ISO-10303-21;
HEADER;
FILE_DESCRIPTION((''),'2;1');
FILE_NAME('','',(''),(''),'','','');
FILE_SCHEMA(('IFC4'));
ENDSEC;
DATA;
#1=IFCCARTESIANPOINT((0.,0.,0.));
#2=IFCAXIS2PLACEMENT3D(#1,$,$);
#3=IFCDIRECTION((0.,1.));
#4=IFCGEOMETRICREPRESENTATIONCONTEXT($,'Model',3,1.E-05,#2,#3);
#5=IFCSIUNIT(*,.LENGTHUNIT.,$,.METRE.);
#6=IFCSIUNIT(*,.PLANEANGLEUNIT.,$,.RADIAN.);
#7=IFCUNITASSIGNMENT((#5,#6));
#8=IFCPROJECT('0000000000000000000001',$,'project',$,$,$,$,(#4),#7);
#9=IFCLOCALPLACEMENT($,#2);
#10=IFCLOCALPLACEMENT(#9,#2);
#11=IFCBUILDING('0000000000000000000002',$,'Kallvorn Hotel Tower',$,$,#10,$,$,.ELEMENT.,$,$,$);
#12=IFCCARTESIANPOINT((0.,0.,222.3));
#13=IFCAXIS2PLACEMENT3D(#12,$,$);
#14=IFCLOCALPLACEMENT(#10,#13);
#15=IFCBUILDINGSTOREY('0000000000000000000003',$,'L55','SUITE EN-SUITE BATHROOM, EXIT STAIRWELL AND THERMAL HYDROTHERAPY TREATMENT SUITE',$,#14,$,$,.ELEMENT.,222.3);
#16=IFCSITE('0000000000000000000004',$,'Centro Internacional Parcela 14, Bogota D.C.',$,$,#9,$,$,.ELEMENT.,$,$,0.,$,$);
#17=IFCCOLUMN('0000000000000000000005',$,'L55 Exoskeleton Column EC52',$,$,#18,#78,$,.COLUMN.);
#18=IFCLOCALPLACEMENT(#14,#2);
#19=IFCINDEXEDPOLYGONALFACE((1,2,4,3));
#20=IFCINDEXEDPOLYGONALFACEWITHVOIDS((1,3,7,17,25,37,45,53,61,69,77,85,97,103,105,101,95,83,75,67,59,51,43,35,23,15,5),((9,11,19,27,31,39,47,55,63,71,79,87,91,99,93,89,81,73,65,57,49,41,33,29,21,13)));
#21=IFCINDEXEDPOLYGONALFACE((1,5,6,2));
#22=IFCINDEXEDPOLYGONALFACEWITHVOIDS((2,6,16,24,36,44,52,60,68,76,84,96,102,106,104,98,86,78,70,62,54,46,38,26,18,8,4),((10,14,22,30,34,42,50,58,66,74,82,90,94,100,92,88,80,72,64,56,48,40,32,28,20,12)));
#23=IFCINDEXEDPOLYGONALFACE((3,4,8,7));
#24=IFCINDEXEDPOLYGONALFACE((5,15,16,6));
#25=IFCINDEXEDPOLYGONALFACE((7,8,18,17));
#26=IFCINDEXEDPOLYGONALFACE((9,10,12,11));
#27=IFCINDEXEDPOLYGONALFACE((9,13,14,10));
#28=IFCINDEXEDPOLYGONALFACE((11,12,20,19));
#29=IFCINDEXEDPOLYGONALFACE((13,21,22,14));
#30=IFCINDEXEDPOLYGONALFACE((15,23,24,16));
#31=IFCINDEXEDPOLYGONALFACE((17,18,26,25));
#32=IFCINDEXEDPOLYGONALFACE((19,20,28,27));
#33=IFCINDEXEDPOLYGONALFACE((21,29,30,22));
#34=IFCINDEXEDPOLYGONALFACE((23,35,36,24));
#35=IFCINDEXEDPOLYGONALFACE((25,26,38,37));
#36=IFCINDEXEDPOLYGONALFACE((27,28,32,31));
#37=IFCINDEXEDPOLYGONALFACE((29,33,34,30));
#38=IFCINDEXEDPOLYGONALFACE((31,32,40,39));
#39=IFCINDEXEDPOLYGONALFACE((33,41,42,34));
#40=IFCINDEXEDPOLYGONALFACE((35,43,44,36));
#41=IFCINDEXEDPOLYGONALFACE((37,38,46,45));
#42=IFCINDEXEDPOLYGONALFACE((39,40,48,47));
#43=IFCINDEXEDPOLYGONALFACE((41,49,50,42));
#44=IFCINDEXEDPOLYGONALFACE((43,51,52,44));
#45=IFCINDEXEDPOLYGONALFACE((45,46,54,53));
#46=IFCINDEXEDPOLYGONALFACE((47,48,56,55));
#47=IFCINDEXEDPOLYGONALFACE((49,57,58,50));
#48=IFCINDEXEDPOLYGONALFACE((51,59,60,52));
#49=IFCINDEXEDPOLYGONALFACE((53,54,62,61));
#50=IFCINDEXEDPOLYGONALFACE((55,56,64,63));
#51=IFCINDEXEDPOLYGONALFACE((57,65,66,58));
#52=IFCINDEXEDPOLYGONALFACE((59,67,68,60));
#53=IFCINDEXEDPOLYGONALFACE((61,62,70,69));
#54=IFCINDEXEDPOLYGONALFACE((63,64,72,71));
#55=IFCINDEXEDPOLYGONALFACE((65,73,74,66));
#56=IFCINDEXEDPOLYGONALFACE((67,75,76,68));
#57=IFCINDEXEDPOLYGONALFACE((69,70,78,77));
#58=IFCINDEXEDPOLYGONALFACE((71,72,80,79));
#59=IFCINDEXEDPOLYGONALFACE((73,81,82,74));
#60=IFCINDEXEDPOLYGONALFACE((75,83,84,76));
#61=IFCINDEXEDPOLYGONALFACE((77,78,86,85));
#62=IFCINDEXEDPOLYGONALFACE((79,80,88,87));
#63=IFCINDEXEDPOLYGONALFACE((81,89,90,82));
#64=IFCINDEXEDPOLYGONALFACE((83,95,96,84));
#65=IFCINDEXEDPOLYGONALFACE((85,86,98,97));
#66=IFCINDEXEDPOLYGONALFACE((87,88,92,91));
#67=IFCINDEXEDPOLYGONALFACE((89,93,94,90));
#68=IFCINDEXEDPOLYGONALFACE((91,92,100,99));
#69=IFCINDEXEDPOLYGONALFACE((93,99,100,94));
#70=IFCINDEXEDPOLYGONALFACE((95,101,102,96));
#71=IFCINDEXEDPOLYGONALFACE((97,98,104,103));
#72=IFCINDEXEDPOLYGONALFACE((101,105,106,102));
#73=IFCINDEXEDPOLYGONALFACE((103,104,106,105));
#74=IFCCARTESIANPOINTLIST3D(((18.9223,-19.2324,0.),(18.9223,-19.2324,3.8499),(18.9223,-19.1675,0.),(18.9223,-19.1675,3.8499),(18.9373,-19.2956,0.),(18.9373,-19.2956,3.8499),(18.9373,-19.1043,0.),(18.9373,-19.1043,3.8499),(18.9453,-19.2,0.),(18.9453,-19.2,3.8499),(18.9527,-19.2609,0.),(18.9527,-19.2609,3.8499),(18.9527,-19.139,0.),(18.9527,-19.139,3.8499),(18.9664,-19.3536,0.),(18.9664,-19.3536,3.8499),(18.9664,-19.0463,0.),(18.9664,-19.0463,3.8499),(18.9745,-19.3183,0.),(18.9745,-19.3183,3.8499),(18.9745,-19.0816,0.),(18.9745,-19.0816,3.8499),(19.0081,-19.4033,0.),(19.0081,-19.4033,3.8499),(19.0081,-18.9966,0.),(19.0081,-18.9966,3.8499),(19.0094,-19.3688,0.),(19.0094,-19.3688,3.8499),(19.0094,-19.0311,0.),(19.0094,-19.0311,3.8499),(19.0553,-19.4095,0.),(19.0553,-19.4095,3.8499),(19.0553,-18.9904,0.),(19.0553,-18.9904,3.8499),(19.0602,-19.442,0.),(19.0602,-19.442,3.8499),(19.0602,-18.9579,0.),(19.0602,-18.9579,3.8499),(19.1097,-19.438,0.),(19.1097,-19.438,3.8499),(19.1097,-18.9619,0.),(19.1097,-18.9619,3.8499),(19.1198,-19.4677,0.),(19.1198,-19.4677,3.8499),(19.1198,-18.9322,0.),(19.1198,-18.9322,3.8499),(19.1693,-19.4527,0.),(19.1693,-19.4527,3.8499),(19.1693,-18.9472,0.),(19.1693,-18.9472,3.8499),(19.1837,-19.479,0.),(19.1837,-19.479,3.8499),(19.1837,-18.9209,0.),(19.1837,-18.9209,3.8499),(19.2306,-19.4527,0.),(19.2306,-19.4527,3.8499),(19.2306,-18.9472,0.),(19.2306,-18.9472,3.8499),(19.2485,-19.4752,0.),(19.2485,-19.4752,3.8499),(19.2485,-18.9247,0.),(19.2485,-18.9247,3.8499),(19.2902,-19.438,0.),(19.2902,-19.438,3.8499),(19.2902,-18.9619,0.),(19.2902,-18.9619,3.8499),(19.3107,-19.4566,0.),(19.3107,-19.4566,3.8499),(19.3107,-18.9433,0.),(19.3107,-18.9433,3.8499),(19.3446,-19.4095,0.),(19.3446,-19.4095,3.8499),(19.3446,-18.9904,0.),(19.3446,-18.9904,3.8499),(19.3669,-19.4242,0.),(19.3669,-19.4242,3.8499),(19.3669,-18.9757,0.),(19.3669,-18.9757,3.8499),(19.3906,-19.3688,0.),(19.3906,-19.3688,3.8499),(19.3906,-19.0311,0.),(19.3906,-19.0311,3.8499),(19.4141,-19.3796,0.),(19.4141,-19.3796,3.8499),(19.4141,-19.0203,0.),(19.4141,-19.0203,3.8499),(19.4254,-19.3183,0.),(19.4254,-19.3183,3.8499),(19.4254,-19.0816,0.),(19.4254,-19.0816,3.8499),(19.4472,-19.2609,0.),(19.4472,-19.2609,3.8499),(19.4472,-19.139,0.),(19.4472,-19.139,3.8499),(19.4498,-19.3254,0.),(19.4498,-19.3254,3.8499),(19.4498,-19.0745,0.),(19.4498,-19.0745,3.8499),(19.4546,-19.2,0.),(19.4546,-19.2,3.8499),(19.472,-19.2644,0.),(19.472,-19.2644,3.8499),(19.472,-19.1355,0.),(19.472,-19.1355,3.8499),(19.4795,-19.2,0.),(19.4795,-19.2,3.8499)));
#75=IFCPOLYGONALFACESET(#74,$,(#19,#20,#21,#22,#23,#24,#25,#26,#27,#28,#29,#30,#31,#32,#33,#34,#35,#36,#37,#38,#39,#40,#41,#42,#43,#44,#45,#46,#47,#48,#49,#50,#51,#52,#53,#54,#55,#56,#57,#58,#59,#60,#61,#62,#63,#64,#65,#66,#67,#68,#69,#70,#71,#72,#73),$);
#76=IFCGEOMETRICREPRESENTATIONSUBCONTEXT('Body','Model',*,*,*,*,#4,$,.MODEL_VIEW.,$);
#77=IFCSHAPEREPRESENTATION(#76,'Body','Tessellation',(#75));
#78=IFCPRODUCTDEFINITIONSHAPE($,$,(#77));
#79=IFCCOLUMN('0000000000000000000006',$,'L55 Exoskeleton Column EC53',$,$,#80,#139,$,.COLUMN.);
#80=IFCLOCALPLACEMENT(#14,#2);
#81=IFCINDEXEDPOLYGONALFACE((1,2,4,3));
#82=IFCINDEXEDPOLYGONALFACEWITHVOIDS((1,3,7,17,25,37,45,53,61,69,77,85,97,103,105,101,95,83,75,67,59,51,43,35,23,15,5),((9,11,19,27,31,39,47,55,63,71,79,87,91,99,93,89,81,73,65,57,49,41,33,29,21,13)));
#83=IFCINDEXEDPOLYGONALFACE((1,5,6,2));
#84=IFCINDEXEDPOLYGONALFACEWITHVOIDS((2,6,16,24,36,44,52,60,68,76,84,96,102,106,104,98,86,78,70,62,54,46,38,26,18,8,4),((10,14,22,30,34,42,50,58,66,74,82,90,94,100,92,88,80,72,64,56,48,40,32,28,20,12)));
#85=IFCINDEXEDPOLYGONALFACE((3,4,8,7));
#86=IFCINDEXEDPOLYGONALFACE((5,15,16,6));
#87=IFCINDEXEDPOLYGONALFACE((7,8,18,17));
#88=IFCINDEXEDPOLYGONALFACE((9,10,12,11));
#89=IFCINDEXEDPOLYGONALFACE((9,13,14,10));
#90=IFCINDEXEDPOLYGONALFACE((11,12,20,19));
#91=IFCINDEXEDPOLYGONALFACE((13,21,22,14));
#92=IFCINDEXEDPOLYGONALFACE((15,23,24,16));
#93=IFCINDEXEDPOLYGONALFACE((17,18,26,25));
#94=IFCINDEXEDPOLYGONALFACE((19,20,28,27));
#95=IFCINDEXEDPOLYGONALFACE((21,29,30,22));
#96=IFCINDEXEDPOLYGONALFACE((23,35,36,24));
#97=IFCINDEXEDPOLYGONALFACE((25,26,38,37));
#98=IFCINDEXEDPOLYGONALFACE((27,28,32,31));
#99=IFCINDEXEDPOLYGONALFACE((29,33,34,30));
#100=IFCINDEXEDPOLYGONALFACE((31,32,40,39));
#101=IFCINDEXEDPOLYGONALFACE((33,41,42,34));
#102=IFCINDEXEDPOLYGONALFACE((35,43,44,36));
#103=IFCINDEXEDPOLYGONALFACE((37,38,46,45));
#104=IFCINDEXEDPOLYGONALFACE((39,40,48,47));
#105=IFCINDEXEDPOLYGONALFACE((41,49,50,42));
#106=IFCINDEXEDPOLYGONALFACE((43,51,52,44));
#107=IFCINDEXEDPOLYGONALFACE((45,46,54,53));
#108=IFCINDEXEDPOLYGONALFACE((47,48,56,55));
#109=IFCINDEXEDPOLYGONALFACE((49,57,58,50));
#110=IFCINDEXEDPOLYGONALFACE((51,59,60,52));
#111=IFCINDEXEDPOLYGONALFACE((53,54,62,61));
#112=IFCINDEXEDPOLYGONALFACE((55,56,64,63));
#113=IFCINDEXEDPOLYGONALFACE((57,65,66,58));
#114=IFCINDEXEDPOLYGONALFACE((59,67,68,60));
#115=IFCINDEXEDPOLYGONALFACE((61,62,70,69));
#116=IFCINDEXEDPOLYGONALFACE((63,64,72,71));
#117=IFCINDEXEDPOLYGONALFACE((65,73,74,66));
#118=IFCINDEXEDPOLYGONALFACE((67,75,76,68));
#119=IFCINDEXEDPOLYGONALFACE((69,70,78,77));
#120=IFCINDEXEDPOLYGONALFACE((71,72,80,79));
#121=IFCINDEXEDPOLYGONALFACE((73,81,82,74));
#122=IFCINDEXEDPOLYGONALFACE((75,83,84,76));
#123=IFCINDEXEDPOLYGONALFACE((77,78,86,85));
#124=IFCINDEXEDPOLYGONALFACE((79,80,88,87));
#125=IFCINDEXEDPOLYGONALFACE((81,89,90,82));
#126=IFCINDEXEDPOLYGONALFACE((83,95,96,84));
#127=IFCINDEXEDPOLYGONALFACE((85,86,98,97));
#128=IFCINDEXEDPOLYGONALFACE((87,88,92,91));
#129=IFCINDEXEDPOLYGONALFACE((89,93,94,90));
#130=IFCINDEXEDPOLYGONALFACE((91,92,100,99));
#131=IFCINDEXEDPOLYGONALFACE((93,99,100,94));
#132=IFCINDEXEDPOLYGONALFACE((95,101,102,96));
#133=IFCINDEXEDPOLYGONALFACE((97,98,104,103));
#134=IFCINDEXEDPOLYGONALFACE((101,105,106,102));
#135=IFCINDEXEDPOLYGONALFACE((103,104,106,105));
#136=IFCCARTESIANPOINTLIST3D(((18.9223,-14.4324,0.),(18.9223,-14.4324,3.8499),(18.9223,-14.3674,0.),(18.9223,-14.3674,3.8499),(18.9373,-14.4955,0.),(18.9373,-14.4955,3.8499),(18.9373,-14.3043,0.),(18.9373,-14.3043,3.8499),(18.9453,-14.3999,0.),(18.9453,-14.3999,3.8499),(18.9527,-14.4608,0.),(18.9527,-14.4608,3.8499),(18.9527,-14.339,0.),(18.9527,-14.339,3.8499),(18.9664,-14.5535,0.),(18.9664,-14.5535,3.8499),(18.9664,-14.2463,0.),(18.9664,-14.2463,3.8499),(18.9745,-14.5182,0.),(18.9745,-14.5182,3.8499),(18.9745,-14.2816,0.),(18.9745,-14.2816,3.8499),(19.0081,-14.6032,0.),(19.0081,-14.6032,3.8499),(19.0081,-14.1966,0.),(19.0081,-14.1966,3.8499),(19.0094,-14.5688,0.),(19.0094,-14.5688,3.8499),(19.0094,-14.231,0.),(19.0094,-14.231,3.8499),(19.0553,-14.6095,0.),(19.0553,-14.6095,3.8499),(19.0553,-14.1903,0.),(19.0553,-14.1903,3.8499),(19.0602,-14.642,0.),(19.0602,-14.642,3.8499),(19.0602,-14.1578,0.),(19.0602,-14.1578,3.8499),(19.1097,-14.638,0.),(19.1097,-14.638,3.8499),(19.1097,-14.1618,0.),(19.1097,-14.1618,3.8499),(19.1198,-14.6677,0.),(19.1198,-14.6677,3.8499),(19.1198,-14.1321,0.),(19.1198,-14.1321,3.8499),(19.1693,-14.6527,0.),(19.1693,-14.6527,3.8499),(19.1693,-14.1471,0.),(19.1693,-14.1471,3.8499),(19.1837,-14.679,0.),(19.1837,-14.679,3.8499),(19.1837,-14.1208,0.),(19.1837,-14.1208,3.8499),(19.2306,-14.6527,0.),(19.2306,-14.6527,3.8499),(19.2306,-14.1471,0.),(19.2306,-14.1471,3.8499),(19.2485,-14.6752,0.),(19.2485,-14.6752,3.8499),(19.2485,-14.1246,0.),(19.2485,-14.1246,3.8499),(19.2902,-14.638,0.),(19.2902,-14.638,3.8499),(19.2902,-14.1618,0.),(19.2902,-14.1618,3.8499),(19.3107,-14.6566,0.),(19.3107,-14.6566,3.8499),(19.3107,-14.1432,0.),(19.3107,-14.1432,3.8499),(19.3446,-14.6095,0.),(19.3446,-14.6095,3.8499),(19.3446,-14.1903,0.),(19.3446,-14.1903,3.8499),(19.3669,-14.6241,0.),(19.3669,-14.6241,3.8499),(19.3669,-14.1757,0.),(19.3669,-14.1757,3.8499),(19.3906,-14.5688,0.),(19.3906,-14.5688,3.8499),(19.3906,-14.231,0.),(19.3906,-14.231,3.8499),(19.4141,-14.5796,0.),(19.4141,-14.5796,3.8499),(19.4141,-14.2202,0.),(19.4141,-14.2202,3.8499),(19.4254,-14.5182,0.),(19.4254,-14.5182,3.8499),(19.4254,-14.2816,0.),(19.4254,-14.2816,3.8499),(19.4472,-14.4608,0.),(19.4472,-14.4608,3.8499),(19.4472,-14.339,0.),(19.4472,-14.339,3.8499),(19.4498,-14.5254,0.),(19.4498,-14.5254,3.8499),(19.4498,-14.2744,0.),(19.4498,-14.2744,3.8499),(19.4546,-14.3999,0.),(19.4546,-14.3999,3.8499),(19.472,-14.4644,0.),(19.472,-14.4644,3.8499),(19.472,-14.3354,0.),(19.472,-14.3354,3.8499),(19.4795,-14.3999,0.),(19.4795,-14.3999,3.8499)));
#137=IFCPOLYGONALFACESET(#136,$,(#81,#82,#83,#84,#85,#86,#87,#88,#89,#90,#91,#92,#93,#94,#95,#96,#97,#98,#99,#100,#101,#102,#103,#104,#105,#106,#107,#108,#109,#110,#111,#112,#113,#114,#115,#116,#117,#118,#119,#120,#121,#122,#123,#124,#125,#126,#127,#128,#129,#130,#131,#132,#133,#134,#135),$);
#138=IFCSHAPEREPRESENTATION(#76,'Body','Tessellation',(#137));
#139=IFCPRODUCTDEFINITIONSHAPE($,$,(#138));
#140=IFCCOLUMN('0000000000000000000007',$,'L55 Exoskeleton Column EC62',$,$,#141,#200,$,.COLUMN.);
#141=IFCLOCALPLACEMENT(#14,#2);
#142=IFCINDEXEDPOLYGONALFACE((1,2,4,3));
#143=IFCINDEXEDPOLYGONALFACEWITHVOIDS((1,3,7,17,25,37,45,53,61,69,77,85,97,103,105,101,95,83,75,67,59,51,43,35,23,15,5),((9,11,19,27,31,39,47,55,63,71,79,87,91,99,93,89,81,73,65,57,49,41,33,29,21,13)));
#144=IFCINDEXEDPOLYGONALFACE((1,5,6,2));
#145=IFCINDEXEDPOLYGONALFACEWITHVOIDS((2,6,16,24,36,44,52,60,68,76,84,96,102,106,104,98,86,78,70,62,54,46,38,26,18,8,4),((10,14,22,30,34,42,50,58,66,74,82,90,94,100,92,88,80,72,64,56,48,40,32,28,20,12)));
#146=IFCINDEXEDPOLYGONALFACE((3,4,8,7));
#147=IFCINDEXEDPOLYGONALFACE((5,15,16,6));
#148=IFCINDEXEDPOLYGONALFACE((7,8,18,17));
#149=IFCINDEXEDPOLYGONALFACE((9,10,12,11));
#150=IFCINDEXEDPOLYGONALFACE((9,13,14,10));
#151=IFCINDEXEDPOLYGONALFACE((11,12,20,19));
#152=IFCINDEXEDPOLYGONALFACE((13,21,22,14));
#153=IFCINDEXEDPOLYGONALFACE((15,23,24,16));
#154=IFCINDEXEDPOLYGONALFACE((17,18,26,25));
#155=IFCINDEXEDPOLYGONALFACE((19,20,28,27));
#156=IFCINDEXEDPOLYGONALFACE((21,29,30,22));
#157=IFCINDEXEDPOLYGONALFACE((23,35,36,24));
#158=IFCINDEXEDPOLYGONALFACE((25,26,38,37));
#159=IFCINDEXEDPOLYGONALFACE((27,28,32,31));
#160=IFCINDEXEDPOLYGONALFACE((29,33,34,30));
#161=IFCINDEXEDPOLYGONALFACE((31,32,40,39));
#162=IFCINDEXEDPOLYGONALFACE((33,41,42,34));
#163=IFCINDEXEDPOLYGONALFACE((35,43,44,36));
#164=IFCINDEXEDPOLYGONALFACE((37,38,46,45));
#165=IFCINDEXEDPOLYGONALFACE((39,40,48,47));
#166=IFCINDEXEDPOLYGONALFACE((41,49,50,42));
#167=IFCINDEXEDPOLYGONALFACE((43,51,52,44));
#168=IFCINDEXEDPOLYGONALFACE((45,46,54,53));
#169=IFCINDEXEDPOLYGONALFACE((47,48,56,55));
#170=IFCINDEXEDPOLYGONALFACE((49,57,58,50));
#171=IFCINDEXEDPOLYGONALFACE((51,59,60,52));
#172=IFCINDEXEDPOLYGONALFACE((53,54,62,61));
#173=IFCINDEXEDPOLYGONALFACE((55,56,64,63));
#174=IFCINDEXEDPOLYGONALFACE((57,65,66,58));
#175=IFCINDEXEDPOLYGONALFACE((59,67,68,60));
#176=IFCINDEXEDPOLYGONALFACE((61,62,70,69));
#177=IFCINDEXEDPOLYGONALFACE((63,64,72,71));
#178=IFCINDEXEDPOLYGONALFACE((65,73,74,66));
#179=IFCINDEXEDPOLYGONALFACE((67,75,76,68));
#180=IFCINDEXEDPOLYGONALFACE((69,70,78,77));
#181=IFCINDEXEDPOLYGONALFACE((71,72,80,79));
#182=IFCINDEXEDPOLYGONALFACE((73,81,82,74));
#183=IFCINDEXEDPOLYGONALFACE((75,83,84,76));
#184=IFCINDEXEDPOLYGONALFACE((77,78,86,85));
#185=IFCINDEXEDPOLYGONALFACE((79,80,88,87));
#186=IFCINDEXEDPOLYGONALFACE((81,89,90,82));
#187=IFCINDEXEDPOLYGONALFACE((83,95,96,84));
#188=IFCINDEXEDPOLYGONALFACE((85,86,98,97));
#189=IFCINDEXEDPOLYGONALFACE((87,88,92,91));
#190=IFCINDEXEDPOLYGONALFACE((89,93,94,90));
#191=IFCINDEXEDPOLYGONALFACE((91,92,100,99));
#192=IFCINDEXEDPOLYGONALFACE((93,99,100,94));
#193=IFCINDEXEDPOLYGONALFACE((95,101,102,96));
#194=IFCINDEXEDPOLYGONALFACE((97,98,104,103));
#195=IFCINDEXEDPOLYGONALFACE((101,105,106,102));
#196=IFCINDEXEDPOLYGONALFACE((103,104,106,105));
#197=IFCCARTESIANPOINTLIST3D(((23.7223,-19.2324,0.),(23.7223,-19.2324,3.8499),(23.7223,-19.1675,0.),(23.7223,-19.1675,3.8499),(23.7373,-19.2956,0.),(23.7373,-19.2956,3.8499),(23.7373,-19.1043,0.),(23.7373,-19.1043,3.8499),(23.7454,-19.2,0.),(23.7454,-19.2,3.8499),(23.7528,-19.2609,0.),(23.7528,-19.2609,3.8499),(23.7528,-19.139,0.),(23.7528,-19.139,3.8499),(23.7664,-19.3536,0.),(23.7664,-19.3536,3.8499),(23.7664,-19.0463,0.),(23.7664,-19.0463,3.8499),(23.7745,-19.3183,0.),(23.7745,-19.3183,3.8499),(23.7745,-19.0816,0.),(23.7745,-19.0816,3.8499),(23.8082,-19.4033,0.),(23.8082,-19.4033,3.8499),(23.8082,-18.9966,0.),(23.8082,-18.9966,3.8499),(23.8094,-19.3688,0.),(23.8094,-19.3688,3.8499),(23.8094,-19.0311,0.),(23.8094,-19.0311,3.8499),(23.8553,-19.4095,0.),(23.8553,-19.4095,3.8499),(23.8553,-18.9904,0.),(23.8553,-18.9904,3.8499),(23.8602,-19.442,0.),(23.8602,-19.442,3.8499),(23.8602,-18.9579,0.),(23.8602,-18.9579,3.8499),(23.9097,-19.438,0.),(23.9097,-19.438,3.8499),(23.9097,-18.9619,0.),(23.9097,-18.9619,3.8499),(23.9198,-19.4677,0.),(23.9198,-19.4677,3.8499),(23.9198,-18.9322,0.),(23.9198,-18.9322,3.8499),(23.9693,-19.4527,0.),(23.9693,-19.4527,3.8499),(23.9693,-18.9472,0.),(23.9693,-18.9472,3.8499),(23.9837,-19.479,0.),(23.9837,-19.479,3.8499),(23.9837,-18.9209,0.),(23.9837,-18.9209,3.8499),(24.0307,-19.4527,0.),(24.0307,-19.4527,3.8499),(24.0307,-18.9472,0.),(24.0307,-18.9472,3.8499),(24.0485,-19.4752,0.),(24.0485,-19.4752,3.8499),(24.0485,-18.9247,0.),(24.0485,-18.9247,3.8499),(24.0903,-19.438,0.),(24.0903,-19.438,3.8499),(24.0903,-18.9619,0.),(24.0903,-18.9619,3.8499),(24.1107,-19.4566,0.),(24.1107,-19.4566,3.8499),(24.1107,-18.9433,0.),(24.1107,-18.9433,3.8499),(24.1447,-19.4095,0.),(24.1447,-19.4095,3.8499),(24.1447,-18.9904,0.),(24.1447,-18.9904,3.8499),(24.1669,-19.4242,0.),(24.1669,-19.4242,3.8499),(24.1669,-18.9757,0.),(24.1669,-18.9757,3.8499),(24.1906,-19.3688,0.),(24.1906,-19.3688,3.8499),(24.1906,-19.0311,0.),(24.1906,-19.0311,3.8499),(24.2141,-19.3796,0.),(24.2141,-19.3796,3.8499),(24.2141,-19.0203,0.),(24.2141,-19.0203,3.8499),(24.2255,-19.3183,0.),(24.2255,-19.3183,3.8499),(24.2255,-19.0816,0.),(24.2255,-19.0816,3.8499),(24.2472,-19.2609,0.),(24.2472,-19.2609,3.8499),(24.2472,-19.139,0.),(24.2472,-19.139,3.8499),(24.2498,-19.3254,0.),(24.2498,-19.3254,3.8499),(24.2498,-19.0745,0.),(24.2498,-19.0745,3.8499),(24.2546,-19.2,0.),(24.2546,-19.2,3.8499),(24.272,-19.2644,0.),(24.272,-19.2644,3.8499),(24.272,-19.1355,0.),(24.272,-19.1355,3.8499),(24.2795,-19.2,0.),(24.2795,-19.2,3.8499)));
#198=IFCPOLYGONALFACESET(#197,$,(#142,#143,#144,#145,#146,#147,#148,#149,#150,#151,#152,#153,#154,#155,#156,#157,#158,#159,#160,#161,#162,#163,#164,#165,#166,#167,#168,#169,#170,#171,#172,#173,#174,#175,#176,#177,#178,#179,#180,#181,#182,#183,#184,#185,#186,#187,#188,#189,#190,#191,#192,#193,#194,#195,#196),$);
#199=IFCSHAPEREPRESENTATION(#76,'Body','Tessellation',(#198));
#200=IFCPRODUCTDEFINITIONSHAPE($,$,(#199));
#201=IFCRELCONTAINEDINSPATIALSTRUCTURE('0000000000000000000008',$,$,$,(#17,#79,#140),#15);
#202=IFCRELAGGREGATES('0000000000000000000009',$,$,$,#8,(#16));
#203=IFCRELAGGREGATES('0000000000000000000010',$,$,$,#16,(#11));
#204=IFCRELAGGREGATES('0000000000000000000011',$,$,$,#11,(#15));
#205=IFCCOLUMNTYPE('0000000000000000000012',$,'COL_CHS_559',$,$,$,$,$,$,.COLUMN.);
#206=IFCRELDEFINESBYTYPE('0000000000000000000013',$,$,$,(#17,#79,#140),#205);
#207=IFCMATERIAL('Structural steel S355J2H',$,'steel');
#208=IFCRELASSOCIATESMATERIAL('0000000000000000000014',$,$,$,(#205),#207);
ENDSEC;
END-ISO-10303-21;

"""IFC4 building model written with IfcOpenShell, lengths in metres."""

from ifc_helpers import new_model, si_unit, direction, frame, origin, origin_2d, place, context, subcontext, project, spatial, hollow_circle, extrude, material, material_profile, profile_set, type_object, element, save


model = new_model("IFC4")

# Units and contexts
model_context = context("Model", 3, precision=1e-05, world=origin(), true_north=direction((0.0, 1.0)))
body_context = subcontext(model_context, "Body", "Model", "MODEL_VIEW")
ifc_project = project(units=[si_unit("LENGTHUNIT", "METRE"), si_unit("PLANEANGLEUNIT", "RADIAN")], contexts=[model_context])

# Site, building, storey
site_placement = place(None, origin())
site = spatial("IfcSite", under=ifc_project, at=site_placement, Name="Centro Internacional Parcela 14, Bogota D.C.", CompositionType="ELEMENT", RefElevation=0.0)
building_placement = place(site_placement, origin())
building = spatial("IfcBuilding", under=site, at=building_placement, Name="Kallvorn Hotel Tower", CompositionType="ELEMENT")
storey_placement = place(building_placement, frame((0.0, 0.0, 222.3)))
storey = spatial("IfcBuildingStorey", under=building, at=storey_placement, Name="L55", Description="SUITE EN-SUITE BATHROOM, EXIT STAIRWELL AND THERMAL HYDROTHERAPY TREATMENT SUITE", CompositionType="ELEMENT", Elevation=222.3)

# Columns
ifc_material_1 = material(Name="Structural steel S355J2H", Category="steel")
ifc_material_profile_1 = material_profile(ifc_material_1, hollow_circle(Radius=0.2795, WallThickness=0.0249, at=origin_2d()), Name="CHS 559x25")
ifc_profile_set_1 = profile_set([ifc_material_profile_1], Name="Structural steel S355J2H")
column_type_1 = type_object("IfcColumnType", Name="COL_CHS_559", PredefinedType="COLUMN", material=ifc_profile_set_1)
for number, where, z_axis, x_axis, name in (
    (1, (19.2, -19.2, 0.0), (0.0, 0.0, 1.0), (1.0, 0.0, 0.0), "L55 Exoskeleton Column EC52"),
    (2, (19.2, -14.3999, 0.0), (0.0, 0.0, 1.0), (1.0, 0.0, 0.0), "L55 Exoskeleton Column EC53"),
    (3, (24.0, -19.2, 0.0), (0.0, 0.0, 1.0), (1.0, 0.0, 0.0), "L55 Exoskeleton Column EC62"),
):
    element("IfcColumn", number, at=place(storey_placement, frame(where, z_axis=z_axis, x_axis=x_axis)), inside=storey, type_object=column_type_1, Name=name, PredefinedType="COLUMN", context=body_context, shape_type="SweptSolid", body=[
        extrude(hollow_circle(Radius=0.2795, WallThickness=0.0249, at=origin_2d()), origin(), (0.0, 0.0, 1.0), 3.8499),
    ])

save(model, "model.ifc")
